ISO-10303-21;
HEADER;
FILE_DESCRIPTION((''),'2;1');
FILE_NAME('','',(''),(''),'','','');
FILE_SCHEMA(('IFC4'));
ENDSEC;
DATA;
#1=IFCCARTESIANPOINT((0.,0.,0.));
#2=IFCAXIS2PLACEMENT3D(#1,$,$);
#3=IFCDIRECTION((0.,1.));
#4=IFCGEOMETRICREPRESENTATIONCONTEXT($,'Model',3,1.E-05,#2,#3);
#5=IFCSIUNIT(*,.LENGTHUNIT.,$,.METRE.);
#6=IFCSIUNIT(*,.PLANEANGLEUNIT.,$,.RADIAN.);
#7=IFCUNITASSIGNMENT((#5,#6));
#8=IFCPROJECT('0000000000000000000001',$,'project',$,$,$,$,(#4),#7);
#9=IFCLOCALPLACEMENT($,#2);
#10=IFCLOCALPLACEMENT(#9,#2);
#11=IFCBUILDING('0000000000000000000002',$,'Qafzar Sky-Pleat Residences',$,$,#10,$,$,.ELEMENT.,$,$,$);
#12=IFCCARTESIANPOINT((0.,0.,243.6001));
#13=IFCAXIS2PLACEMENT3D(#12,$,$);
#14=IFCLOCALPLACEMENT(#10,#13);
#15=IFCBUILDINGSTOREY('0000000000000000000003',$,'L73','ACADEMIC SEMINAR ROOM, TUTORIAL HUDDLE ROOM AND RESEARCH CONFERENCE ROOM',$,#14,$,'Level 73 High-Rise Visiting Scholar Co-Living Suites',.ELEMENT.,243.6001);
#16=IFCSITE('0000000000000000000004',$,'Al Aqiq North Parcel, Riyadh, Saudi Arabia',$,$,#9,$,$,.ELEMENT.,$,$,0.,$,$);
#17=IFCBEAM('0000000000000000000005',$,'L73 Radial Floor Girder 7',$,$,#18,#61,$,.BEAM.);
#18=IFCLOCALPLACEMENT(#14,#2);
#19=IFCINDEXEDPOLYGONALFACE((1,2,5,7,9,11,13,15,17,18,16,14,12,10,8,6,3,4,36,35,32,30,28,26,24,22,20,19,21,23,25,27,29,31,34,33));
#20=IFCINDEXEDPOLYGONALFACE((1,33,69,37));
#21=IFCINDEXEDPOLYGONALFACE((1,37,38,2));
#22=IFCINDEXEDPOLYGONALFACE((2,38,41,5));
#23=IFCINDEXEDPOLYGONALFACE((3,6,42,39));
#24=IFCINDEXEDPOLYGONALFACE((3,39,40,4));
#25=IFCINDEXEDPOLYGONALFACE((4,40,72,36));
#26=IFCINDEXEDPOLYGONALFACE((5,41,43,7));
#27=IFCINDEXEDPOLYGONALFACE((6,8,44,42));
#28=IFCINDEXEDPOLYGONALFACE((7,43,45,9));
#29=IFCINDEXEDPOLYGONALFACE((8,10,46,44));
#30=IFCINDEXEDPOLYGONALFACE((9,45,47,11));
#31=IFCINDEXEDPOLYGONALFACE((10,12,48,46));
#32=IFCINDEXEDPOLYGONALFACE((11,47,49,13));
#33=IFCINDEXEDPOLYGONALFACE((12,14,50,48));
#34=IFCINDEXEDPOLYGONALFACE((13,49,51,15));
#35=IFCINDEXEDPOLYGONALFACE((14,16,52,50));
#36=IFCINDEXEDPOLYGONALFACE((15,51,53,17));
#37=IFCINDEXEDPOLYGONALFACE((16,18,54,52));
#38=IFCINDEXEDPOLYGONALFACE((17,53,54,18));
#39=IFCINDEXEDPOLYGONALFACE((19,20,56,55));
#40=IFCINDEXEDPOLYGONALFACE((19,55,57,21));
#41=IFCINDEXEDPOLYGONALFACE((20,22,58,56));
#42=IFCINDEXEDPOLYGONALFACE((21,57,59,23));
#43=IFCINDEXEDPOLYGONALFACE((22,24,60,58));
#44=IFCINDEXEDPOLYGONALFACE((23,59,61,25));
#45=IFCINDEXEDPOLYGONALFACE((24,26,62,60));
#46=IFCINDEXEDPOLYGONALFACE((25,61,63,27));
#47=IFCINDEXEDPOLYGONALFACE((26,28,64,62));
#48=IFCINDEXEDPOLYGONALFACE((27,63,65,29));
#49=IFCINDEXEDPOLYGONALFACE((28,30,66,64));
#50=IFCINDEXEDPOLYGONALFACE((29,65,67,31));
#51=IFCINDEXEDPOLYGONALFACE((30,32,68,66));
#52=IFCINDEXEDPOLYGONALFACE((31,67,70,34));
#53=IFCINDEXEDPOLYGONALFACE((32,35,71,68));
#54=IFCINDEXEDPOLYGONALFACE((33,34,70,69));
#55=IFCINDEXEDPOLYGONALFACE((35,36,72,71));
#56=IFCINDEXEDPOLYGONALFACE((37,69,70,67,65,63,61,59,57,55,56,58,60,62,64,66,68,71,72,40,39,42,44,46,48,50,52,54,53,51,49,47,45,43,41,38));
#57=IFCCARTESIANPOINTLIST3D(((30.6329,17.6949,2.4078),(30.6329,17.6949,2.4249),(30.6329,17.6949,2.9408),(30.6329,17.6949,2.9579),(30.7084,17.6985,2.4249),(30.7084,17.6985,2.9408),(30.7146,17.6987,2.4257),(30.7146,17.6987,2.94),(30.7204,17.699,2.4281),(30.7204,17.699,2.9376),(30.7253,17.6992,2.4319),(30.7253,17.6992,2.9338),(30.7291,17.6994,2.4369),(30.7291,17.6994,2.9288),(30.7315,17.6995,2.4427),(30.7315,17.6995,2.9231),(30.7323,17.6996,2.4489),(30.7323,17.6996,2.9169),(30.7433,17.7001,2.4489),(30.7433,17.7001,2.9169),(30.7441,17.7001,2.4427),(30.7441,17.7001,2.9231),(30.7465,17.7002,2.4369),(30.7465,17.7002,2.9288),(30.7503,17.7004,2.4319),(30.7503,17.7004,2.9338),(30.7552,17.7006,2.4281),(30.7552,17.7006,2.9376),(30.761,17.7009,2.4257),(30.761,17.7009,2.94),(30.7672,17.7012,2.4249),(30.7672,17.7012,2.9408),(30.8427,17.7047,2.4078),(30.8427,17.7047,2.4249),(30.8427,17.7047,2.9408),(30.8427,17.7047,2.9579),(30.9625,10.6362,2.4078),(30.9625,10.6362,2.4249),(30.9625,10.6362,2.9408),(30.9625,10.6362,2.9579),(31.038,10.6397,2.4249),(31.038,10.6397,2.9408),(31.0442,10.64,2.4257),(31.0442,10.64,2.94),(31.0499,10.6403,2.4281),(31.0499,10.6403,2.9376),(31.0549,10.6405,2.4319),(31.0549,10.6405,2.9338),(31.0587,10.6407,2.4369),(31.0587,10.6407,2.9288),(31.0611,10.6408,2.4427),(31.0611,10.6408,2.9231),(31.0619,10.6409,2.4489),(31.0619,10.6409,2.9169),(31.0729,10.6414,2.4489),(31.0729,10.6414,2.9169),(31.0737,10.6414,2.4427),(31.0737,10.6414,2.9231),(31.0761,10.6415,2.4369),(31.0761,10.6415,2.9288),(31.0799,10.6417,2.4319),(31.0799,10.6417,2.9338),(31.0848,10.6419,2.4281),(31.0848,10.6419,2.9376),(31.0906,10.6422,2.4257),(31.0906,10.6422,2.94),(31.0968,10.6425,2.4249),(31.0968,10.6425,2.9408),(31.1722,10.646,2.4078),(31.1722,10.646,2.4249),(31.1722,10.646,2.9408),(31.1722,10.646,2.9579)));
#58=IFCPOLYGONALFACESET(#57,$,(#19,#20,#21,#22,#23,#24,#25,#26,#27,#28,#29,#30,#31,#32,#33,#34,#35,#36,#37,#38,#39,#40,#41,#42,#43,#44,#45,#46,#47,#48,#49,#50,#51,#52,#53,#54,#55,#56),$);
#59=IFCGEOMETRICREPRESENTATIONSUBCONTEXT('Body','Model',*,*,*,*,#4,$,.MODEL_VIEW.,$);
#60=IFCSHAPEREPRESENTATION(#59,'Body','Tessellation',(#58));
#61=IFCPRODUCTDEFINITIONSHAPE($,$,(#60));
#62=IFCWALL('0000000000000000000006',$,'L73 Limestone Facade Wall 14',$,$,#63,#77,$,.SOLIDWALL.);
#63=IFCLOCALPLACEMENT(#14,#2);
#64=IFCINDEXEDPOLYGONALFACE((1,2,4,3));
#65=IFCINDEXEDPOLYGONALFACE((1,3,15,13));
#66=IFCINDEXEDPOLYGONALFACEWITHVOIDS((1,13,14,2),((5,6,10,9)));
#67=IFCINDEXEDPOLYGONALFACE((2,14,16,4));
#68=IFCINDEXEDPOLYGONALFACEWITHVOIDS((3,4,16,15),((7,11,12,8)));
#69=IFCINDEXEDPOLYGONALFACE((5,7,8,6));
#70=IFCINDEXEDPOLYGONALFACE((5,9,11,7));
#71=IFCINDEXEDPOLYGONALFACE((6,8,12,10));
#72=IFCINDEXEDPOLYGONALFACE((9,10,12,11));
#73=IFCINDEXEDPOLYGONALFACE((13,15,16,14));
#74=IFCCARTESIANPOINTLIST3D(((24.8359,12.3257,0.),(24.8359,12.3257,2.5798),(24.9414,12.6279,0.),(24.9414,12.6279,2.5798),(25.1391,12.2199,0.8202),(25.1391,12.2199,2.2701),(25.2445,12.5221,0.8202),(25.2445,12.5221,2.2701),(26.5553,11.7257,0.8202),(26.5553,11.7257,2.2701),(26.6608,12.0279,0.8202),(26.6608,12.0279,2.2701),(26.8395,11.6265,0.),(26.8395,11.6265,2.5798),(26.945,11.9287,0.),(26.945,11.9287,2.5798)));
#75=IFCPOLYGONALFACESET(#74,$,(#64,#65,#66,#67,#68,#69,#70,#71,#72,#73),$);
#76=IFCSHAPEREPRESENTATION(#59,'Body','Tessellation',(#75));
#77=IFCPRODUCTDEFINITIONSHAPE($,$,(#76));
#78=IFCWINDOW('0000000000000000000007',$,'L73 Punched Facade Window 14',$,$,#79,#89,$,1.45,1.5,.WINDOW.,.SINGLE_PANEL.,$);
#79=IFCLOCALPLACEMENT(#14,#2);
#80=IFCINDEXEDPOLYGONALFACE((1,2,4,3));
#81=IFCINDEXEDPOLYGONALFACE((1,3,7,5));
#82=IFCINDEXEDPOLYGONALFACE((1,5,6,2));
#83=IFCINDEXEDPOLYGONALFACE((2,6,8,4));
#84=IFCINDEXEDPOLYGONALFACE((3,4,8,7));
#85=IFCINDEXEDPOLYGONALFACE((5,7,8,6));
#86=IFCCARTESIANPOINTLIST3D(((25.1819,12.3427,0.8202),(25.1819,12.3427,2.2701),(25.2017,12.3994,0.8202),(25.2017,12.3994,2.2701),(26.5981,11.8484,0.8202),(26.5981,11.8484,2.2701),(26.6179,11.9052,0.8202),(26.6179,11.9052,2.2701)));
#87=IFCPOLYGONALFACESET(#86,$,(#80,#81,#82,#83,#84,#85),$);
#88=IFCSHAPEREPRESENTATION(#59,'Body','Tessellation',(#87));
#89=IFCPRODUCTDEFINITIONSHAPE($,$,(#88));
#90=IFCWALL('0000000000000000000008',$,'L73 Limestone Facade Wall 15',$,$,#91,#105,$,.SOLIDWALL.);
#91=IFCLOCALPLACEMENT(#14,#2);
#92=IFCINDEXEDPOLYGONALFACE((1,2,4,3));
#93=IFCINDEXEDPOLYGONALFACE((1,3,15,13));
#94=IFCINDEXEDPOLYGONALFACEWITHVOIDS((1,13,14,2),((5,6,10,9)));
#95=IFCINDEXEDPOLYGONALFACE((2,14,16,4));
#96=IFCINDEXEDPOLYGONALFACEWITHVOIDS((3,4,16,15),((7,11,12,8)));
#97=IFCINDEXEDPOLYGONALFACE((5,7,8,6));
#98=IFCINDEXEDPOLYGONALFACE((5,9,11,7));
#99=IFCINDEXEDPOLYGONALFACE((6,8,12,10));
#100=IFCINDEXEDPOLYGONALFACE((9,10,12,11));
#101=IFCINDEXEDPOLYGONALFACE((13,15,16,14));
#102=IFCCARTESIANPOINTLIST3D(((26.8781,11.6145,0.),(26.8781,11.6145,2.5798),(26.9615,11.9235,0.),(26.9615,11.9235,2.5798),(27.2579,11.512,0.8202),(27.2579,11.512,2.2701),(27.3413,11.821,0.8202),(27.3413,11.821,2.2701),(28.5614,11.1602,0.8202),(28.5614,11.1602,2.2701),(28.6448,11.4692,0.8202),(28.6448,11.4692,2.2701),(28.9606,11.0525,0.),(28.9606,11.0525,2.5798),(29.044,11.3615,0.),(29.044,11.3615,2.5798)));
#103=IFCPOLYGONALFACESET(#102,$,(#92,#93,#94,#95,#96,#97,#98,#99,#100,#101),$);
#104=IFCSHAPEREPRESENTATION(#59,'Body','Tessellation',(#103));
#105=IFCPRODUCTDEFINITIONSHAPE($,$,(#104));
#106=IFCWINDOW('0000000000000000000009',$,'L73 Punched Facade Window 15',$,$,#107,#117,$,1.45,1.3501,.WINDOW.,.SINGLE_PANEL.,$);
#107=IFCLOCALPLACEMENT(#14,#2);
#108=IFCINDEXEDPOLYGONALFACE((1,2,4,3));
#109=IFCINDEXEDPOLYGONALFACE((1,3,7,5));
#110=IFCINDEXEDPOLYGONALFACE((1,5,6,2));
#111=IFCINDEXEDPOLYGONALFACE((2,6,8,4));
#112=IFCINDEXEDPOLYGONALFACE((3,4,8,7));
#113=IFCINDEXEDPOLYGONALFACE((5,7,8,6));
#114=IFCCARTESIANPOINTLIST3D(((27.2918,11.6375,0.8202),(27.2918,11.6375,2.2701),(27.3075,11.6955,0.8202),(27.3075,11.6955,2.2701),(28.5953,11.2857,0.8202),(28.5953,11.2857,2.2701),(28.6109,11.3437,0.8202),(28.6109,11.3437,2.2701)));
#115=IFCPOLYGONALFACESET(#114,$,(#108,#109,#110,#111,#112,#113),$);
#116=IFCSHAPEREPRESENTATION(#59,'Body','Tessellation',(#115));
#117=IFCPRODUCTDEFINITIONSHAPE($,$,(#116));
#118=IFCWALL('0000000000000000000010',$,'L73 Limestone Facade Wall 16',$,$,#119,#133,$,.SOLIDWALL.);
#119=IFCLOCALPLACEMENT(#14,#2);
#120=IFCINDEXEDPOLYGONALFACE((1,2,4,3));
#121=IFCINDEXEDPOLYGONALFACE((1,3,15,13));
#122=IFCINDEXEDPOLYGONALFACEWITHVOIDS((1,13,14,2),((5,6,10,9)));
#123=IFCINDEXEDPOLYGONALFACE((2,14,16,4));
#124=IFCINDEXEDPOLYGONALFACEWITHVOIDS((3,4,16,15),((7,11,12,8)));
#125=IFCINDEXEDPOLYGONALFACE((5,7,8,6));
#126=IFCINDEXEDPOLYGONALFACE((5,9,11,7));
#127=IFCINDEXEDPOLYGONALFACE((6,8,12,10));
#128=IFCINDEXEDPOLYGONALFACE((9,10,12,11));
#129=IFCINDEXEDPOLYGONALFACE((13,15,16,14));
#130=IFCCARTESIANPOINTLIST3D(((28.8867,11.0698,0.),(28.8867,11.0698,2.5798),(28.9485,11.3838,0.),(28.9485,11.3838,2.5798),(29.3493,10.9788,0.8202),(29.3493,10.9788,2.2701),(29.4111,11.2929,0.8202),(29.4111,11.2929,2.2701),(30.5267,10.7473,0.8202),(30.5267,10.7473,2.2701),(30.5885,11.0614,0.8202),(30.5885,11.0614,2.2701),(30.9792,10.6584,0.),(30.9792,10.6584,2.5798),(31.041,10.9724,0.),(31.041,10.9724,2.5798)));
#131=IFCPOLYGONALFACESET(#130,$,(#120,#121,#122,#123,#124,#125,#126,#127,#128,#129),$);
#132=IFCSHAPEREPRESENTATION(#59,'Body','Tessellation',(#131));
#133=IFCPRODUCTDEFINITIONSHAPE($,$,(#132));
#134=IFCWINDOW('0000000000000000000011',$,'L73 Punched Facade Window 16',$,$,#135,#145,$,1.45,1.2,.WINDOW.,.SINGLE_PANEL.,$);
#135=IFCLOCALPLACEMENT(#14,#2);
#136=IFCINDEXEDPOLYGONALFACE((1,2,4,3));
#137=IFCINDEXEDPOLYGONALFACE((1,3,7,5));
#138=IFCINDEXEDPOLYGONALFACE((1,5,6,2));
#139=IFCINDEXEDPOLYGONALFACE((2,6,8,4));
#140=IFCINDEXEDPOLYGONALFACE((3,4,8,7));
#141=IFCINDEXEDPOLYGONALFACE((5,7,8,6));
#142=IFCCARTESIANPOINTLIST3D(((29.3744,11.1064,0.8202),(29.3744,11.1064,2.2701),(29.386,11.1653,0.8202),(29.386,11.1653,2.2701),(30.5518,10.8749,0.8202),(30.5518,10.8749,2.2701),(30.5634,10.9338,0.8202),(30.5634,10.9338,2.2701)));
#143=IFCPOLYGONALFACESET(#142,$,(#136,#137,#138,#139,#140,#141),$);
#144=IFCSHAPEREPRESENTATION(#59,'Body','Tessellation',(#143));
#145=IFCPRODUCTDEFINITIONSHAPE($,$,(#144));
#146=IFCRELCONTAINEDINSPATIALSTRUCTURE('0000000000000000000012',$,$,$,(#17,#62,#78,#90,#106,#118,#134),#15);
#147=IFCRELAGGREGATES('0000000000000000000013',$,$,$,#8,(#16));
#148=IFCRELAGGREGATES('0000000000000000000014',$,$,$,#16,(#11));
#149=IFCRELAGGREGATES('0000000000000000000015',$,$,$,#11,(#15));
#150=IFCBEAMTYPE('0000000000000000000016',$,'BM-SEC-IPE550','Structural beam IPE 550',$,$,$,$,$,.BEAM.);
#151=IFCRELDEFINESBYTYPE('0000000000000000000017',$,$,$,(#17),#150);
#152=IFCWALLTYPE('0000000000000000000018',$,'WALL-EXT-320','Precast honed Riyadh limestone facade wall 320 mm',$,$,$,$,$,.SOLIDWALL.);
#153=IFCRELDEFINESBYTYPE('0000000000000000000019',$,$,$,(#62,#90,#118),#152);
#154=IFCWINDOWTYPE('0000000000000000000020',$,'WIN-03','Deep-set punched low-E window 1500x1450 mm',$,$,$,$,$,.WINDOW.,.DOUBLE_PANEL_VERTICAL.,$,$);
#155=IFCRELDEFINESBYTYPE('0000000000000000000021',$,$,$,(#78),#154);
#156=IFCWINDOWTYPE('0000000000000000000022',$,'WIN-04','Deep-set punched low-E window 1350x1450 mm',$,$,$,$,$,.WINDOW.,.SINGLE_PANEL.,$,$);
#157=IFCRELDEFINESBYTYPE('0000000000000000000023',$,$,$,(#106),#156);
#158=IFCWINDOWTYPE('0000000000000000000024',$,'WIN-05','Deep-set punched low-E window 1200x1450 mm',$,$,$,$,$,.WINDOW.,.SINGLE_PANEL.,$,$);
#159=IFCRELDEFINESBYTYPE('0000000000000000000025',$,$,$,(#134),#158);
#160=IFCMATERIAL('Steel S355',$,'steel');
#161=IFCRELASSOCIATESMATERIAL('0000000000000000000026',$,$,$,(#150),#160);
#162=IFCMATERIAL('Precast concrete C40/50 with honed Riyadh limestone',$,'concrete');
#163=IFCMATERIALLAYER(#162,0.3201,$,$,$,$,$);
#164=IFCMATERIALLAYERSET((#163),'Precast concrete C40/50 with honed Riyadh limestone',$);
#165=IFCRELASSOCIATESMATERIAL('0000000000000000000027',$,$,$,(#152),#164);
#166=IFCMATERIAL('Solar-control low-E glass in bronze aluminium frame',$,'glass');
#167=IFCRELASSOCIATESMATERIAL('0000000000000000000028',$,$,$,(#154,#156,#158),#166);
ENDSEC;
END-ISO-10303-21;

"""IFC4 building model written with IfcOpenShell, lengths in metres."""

from ifc_helpers import new_model, si_unit, direction, frame, frame_2d, origin, origin_2d, place, context, subcontext, project, spatial, rectangle, i_section, extrude, source, transform, mapped, material, layer, layer_set, material_profile, profile_set, type_object, element, fill, save


model = new_model("IFC4")

# Units and contexts
model_context = context("Model", 3, precision=1e-05, world=origin(), true_north=direction((0.0, 1.0)))
body_context = subcontext(model_context, "Body", "Model", "MODEL_VIEW")
ifc_project = project(units=[si_unit("LENGTHUNIT", "METRE"), si_unit("PLANEANGLEUNIT", "RADIAN")], contexts=[model_context])

# Site, building, storey
site_placement = place(None, origin())
site = spatial("IfcSite", under=ifc_project, at=site_placement, Name="Al Aqiq North Parcel, Riyadh, Saudi Arabia", CompositionType="ELEMENT", RefElevation=0.0)
building_placement = place(site_placement, origin())
building = spatial("IfcBuilding", under=site, at=building_placement, Name="Qafzar Sky-Pleat Residences", CompositionType="ELEMENT")
storey_placement = place(building_placement, frame((0.0, 0.0, 243.6001)))
storey = spatial("IfcBuildingStorey", under=building, at=storey_placement, Name="L73", Description="ACADEMIC SEMINAR ROOM, TUTORIAL HUDDLE ROOM AND RESEARCH CONFERENCE ROOM", LongName="Level 73 High-Rise Visiting Scholar Co-Living Suites", CompositionType="ELEMENT", Elevation=243.6001)

# Shared definitions
ifc_material_1 = material(Name="Steel S355", Category="steel")

# Beam
ifc_material_profile_1 = material_profile(ifc_material_1, i_section(OverallWidth=0.21, OverallDepth=0.55, WebThickness=0.011, FlangeThickness=0.0171, FilletRadius=0.0239, at=origin_2d()), Name="IPE 550")
ifc_profile_set_1 = profile_set([ifc_material_profile_1], Name="Steel S355")
beam_type_1 = type_object("IfcBeamType", Name="BM-SEC-IPE550", Description="Structural beam IPE 550", PredefinedType="BEAM", material=ifc_profile_set_1)
shared_shape_1 = source(origin(), body_context, "Body", "SweptSolid", [
    extrude(i_section(OverallWidth=0.21, OverallDepth=0.55, WebThickness=0.011, FlangeThickness=0.0171, FilletRadius=0.0239, at=origin_2d()), origin(), (0.0, 0.0, 1.0), 7.0664),
])
beam_1_placement = place(storey_placement, frame((31.0674, 10.6411, 2.6829), z_axis=(-0.046641, 0.998912, 0.0), x_axis=(-0.998912, -0.046641, 0.0)))
element("IfcBeam", 1, at=beam_1_placement, inside=storey, type_object=beam_type_1, Name="L73 Radial Floor Girder 7", PredefinedType="BEAM", context=body_context, shape_type="MappedRepresentation", body=[
    mapped(shared_shape_1, transform((0.0, 0.0, 0.0), x_axis=(1.0, 0.0, 0.0), y_axis=(0.0, 1.0, 0.0), z_axis=(0.0, 0.0, 1.0), scale=1.0)),
])

# Walls, openings, windows
ifc_material_2 = material(Name="Precast concrete C40/50 with honed Riyadh limestone", Category="concrete")
ifc_layer_1 = layer(ifc_material_2, 0.3201)
ifc_layer_set_1 = layer_set([ifc_layer_1], Name="Precast concrete C40/50 with honed Riyadh limestone")
wall_type_1 = type_object("IfcWallType", Name="WALL-EXT-320", Description="Precast honed Riyadh limestone facade wall 320 mm", PredefinedType="SOLIDWALL", material=ifc_layer_set_1)
wall_1_placement = place(storey_placement, frame((24.8887, 12.4768, 0.0), z_axis=(0.0, 0.0, 1.0), x_axis=(0.944161, -0.329484, 0.0)))
wall_1 = element("IfcWall", 2, at=wall_1_placement, inside=storey, type_object=wall_type_1, Name="L73 Limestone Facade Wall 14", PredefinedType="SOLIDWALL", context=body_context, shape_type="SweptSolid", body=[
    extrude(rectangle(XDim=2.1221, YDim=0.3201, at=frame_2d((1.061, 0.0))), origin(), (0.0, 0.0, 1.0), 2.5798),
])
opening_1_placement = place(wall_1_placement, frame((0.321, 0.0, 0.8201)))
opening_1 = element("IfcOpeningElement", 3, at=opening_1_placement, cuts=wall_1, PredefinedType="OPENING", context=body_context, shape_type="SweptSolid", body=[
    extrude(rectangle(XDim=1.5, YDim=1.45, at=frame_2d((0.75, 0.7251))), frame((0.0, 0.1699, 0.0), z_axis=(0.0, -1.0, 0.0), x_axis=(1.0, 0.0, 0.0)), (0.0, 0.0, 1.0), 0.3401),
])
ifc_material_3 = material(Name="Solar-control low-E glass in bronze aluminium frame", Category="glass")
window_type_1 = type_object("IfcWindowType", Name="WIN-03", Description="Deep-set punched low-E window 1500x1450 mm", PartitioningType="DOUBLE_PANEL_VERTICAL", PredefinedType="WINDOW", material=ifc_material_3)
shared_shape_2 = source(origin(), body_context, "Body", "SweptSolid", [
    extrude(rectangle(XDim=1.5, YDim=1.45, at=frame_2d((0.75, 0.7251))), frame((0.0, 0.03, 0.0), z_axis=(0.0, -1.0, 0.0), x_axis=(1.0, 0.0, 0.0)), (0.0, 0.0, 1.0), 0.0601),
])
window_1_placement = place(opening_1_placement, origin())
window_1 = element("IfcWindow", 4, at=window_1_placement, inside=storey, type_object=window_type_1, Name="L73 Punched Facade Window 14", OverallHeight=1.45, OverallWidth=1.5, PartitioningType="SINGLE_PANEL", PredefinedType="WINDOW", context=body_context, shape_type="MappedRepresentation", body=[
    mapped(shared_shape_2, transform((0.0, 0.0, 0.0), x_axis=(1.0, 0.0, 0.0), y_axis=(0.0, 1.0, 0.0), z_axis=(0.0, 0.0, 1.0), scale=1.0)),
])
fill(opening_1, window_1)
wall_2_placement = place(storey_placement, frame((26.9197, 11.769, 0.0), z_axis=(0.0, 0.0, 1.0), x_axis=(0.96546, -0.26055, 0.0)))
wall_2 = element("IfcWall", 5, at=wall_2_placement, inside=storey, type_object=wall_type_1, Name="L73 Limestone Facade Wall 15", PredefinedType="SOLIDWALL", context=body_context, shape_type="SweptSolid", body=[
    extrude(rectangle(XDim=2.157, YDim=0.3201, at=frame_2d((1.0786, 0.0))), origin(), (0.0, 0.0, 1.0), 2.5798),
])
opening_2_placement = place(wall_2_placement, frame((0.3936, 0.0, 0.8201)))
opening_2 = element("IfcOpeningElement", 6, at=opening_2_placement, cuts=wall_2, PredefinedType="OPENING", context=body_context, shape_type="SweptSolid", body=[
    extrude(rectangle(XDim=1.3501, YDim=1.45, at=frame_2d((0.675, 0.7251))), frame((0.0, 0.1699, 0.0), z_axis=(0.0, -1.0, 0.0), x_axis=(1.0, 0.0, 0.0)), (0.0, 0.0, 1.0), 0.3401),
])
window_type_2 = type_object("IfcWindowType", Name="WIN-04", Description="Deep-set punched low-E window 1350x1450 mm", PartitioningType="SINGLE_PANEL", PredefinedType="WINDOW", material=ifc_material_3)
shared_shape_3 = source(origin(), body_context, "Body", "SweptSolid", [
    extrude(rectangle(XDim=1.3501, YDim=1.45, at=frame_2d((0.675, 0.7251))), frame((0.0, 0.03, 0.0), z_axis=(0.0, -1.0, 0.0), x_axis=(1.0, 0.0, 0.0)), (0.0, 0.0, 1.0), 0.0601),
])
window_2_placement = place(opening_2_placement, origin())
window_2 = element("IfcWindow", 7, at=window_2_placement, inside=storey, type_object=window_type_2, Name="L73 Punched Facade Window 15", OverallHeight=1.45, OverallWidth=1.3501, PartitioningType="SINGLE_PANEL", PredefinedType="WINDOW", context=body_context, shape_type="MappedRepresentation", body=[
    mapped(shared_shape_3, transform((0.0, 0.0, 0.0), x_axis=(1.0, 0.0, 0.0), y_axis=(0.0, 1.0, 0.0), z_axis=(0.0, 0.0, 1.0), scale=1.0)),
])
fill(opening_2, window_2)
wall_3_placement = place(storey_placement, frame((28.9175, 11.2268, 0.0), z_axis=(0.0, 0.0, 1.0), x_axis=(0.981218, -0.192901, 0.0)))
wall_3 = element("IfcWall", 8, at=wall_3_placement, inside=storey, type_object=wall_type_1, Name="L73 Limestone Facade Wall 16", PredefinedType="SOLIDWALL", context=body_context, shape_type="SweptSolid", body=[
    extrude(rectangle(XDim=2.1326, YDim=0.3201, at=frame_2d((1.0664, 0.0))), origin(), (0.0, 0.0, 1.0), 2.5798),
])
opening_3_placement = place(wall_3_placement, frame((0.4714, 0.0, 0.8201)))
opening_3 = element("IfcOpeningElement", 9, at=opening_3_placement, cuts=wall_3, PredefinedType="OPENING", context=body_context, shape_type="SweptSolid", body=[
    extrude(rectangle(XDim=1.2, YDim=1.45, at=frame_2d((0.6001, 0.7251))), frame((0.0, 0.1699, 0.0), z_axis=(0.0, -1.0, 0.0), x_axis=(1.0, 0.0, 0.0)), (0.0, 0.0, 1.0), 0.3401),
])
window_type_3 = type_object("IfcWindowType", Name="WIN-05", Description="Deep-set punched low-E window 1200x1450 mm", PartitioningType="SINGLE_PANEL", PredefinedType="WINDOW", material=ifc_material_3)
shared_shape_4 = source(origin(), body_context, "Body", "SweptSolid", [
    extrude(rectangle(XDim=1.2, YDim=1.45, at=frame_2d((0.6001, 0.7251))), frame((0.0, 0.03, 0.0), z_axis=(0.0, -1.0, 0.0), x_axis=(1.0, 0.0, 0.0)), (0.0, 0.0, 1.0), 0.0601),
])
window_3_placement = place(opening_3_placement, origin())
window_3 = element("IfcWindow", 10, at=window_3_placement, inside=storey, type_object=window_type_3, Name="L73 Punched Facade Window 16", OverallHeight=1.45, OverallWidth=1.2, PartitioningType="SINGLE_PANEL", PredefinedType="WINDOW", context=body_context, shape_type="MappedRepresentation", body=[
    mapped(shared_shape_4, transform((0.0, 0.0, 0.0), x_axis=(1.0, 0.0, 0.0), y_axis=(0.0, 1.0, 0.0), z_axis=(0.0, 0.0, 1.0), scale=1.0)),
])
fill(opening_3, window_3)

save(model, "model.ifc")
